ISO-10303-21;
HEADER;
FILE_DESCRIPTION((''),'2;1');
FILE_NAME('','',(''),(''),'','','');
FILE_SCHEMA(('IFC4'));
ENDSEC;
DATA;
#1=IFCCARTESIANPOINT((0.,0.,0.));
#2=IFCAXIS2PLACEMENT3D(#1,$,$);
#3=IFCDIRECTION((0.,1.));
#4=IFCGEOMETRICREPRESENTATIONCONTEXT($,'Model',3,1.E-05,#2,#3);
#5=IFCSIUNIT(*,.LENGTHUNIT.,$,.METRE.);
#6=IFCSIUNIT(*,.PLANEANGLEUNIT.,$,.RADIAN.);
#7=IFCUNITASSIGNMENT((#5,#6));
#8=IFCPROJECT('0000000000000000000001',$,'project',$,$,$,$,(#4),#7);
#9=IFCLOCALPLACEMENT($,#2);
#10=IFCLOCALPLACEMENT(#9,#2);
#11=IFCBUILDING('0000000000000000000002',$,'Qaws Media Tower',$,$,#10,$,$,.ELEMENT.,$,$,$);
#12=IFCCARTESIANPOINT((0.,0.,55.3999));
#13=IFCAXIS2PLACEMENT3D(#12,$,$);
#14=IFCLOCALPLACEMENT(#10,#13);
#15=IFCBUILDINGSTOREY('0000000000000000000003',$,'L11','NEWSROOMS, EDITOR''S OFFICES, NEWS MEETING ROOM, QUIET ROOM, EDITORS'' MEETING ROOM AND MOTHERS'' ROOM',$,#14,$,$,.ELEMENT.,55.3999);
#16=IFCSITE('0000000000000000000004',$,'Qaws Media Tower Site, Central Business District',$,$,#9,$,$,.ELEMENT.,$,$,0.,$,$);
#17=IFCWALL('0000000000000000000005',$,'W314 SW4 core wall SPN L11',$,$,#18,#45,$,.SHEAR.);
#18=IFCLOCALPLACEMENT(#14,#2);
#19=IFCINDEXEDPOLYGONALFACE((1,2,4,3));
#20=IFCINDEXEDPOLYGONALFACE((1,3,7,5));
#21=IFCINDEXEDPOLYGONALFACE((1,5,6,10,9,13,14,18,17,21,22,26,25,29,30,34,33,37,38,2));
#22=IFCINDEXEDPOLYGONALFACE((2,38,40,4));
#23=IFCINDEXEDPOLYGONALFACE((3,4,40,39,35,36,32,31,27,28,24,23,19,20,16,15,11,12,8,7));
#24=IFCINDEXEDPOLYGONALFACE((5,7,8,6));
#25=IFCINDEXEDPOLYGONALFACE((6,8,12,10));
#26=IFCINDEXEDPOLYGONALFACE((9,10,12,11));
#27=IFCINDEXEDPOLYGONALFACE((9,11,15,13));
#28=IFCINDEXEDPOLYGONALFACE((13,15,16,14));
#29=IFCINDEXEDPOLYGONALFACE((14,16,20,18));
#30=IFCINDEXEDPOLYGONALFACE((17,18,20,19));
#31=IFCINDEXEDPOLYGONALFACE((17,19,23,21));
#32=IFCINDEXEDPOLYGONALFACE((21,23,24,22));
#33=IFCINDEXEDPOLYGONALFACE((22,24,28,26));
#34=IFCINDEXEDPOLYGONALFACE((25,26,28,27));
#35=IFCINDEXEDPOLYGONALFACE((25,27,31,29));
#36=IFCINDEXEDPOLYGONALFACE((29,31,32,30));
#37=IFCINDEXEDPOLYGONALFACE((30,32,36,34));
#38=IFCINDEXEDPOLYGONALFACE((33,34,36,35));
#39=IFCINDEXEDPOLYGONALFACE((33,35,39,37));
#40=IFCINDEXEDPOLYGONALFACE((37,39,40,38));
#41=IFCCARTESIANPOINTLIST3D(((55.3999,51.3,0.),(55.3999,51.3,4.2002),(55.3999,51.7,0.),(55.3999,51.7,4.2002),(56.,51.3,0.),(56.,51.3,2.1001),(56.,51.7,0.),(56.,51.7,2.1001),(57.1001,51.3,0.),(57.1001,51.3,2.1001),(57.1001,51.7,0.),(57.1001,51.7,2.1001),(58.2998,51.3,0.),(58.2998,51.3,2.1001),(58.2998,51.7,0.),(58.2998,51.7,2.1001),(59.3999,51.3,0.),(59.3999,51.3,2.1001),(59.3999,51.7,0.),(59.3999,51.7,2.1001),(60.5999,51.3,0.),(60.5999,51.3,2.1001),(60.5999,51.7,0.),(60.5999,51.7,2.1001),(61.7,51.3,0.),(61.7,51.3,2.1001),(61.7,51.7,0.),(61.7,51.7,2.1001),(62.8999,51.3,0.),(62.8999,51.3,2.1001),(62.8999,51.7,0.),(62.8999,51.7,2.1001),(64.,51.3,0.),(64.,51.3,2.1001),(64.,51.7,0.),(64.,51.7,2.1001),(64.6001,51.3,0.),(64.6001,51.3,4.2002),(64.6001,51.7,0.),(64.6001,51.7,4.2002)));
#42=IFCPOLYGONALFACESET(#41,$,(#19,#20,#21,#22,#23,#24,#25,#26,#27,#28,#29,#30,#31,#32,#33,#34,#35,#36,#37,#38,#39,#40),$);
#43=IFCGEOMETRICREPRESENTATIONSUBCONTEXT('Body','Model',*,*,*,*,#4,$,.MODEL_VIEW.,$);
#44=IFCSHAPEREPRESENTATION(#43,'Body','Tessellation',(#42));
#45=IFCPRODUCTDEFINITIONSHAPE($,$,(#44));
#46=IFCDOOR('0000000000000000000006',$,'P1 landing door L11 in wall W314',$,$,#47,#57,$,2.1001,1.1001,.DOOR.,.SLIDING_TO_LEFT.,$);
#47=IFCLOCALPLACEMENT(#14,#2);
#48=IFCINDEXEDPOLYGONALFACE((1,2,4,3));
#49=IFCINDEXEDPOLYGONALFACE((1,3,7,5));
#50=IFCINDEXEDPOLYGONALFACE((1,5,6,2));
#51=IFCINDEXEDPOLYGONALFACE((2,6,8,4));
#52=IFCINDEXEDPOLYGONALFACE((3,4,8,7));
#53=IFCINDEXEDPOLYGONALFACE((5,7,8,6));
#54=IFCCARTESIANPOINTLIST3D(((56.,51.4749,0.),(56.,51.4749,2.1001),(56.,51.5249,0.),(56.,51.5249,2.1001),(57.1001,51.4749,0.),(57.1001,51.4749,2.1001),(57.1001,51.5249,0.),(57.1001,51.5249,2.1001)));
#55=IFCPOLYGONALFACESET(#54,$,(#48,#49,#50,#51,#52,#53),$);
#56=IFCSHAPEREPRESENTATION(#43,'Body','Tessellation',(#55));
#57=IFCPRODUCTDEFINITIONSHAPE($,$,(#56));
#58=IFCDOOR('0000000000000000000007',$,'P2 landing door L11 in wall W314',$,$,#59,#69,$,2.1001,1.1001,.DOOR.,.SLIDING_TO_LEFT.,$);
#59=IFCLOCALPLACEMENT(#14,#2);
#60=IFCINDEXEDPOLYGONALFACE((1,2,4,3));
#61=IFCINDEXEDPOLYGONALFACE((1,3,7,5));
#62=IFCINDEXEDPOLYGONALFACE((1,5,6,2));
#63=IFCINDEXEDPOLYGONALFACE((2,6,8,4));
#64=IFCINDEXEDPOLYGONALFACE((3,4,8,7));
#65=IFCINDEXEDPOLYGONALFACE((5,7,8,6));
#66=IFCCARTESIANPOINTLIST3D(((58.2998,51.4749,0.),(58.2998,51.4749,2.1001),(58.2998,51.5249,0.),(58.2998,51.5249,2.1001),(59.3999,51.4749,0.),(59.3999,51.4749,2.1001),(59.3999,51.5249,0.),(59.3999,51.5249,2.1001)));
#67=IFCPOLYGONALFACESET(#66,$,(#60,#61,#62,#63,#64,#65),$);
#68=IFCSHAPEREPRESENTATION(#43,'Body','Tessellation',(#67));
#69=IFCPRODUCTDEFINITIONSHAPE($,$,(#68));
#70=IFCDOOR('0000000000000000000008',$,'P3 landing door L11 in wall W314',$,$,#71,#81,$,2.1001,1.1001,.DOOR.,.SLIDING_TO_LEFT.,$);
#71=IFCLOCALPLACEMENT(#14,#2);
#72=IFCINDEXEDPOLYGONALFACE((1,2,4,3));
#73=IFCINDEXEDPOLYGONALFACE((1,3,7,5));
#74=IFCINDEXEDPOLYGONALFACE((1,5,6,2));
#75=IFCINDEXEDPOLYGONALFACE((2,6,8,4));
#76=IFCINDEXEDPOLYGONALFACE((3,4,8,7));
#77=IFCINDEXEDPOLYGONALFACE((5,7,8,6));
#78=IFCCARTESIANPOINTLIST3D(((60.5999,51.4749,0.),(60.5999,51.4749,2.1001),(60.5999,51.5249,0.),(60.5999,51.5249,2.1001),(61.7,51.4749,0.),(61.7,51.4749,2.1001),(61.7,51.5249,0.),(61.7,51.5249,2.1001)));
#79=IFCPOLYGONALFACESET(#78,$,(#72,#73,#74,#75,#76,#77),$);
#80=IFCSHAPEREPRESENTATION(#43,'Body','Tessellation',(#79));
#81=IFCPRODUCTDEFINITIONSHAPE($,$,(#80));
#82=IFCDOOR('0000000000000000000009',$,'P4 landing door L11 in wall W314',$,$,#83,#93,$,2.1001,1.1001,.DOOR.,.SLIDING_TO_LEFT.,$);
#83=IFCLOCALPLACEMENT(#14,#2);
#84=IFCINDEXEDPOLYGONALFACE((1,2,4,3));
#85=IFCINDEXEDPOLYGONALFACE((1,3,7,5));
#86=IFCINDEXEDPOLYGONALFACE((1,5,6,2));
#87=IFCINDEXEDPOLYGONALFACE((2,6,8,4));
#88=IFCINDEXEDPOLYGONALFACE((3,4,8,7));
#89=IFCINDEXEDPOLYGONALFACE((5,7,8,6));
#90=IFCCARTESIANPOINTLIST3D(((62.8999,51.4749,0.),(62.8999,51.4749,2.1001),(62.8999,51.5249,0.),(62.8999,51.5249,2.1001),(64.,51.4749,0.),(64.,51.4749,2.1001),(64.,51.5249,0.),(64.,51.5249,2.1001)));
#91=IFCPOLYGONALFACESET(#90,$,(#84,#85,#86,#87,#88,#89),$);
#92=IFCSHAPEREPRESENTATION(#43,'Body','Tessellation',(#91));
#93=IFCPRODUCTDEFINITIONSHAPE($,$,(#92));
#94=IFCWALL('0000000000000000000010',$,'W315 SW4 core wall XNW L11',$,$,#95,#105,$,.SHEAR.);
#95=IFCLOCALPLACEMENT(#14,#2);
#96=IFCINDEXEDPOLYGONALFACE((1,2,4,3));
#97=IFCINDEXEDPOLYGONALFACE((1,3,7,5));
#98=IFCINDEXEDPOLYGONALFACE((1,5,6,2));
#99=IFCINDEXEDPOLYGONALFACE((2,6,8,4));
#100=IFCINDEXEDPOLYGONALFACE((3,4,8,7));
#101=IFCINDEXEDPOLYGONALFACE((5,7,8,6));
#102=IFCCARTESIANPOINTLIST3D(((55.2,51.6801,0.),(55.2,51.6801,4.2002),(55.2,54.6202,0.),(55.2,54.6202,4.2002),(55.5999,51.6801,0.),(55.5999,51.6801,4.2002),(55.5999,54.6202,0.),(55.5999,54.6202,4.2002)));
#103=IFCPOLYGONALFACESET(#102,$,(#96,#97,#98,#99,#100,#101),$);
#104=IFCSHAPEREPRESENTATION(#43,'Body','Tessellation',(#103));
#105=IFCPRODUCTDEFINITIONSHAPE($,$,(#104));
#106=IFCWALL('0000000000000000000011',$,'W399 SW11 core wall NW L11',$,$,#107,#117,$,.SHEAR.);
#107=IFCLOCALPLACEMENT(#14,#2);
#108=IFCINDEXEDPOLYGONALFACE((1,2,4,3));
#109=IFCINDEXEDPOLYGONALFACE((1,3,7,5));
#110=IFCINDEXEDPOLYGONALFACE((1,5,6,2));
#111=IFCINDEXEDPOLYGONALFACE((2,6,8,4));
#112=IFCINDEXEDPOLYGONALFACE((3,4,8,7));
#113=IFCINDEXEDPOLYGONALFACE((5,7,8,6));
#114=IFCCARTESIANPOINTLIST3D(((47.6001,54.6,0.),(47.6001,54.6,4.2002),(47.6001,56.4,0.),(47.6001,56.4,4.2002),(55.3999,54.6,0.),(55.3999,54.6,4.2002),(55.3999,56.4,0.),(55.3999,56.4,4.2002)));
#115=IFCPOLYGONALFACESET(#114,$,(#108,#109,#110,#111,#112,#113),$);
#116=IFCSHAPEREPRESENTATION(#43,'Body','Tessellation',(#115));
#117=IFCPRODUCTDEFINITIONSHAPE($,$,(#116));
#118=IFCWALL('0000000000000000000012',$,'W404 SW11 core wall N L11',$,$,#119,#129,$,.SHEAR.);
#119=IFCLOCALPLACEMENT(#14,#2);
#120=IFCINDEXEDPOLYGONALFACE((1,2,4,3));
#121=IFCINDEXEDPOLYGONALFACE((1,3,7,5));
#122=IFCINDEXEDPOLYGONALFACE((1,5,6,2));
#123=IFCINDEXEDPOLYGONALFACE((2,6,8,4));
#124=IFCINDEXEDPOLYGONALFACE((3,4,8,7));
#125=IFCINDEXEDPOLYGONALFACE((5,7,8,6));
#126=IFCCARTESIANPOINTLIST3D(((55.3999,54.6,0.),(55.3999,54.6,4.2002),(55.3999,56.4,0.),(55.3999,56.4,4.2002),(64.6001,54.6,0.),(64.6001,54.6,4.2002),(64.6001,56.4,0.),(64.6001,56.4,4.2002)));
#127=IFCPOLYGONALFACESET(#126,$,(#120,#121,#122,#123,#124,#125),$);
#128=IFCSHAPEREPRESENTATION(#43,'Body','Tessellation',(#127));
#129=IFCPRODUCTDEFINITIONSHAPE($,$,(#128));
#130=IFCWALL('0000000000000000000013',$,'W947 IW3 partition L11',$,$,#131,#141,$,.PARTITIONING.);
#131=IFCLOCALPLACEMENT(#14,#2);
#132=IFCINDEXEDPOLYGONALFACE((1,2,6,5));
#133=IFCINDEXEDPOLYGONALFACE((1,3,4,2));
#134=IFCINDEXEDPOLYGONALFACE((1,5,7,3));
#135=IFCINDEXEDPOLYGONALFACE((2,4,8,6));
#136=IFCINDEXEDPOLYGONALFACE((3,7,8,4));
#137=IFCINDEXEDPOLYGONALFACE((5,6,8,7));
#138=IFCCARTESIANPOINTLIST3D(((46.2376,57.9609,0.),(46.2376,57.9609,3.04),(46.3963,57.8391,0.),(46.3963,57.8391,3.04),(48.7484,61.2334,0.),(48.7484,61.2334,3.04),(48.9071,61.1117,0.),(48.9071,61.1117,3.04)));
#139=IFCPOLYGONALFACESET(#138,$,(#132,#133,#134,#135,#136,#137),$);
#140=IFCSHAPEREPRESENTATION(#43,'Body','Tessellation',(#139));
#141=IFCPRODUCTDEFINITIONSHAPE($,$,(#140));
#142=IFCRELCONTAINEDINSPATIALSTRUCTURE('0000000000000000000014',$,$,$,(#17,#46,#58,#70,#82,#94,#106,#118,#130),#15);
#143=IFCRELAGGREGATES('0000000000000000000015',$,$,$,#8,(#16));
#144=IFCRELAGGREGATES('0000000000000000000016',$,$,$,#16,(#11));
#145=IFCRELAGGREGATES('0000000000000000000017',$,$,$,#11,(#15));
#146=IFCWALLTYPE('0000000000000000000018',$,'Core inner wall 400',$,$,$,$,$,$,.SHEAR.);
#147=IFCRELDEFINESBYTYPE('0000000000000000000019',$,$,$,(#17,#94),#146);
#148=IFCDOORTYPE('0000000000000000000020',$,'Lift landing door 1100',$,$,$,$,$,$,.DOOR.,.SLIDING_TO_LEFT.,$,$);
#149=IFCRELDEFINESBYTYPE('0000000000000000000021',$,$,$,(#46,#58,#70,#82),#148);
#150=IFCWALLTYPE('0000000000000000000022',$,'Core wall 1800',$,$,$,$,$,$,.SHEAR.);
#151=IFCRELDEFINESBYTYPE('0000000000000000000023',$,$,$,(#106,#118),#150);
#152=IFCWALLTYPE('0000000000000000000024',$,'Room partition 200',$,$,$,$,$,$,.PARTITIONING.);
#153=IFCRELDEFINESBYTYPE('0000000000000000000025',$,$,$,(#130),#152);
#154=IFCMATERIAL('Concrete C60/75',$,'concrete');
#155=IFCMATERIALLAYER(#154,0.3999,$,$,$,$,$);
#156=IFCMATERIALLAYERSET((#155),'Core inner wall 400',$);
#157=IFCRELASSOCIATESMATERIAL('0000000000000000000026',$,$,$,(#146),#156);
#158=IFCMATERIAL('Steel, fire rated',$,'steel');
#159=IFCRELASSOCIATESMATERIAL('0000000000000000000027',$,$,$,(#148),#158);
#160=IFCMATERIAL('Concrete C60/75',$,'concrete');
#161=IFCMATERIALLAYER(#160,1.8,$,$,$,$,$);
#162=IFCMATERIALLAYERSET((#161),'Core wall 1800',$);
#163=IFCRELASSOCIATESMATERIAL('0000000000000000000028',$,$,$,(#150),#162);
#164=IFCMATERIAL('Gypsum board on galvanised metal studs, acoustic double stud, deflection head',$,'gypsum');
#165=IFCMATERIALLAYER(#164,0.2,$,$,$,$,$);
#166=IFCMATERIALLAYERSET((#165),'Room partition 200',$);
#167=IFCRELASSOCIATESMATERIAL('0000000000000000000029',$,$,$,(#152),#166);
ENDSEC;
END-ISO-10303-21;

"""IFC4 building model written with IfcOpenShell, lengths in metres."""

from ifc_helpers import new_model, si_unit, direction, frame, frame_2d, origin, place, context, subcontext, project, spatial, rectangle, extrude, material, layer, layer_set, type_object, element, fill, save


model = new_model("IFC4")

# Units and contexts
model_context = context("Model", 3, precision=1e-05, world=origin(), true_north=direction((0.0, 1.0)))
body_context = subcontext(model_context, "Body", "Model", "MODEL_VIEW")
ifc_project = project(units=[si_unit("LENGTHUNIT", "METRE"), si_unit("PLANEANGLEUNIT", "RADIAN")], contexts=[model_context])

# Site, building, storey
site_placement = place(None, origin())
site = spatial("IfcSite", under=ifc_project, at=site_placement, Name="Qaws Media Tower Site, Central Business District", CompositionType="ELEMENT", RefElevation=0.0)
building_placement = place(site_placement, origin())
building = spatial("IfcBuilding", under=site, at=building_placement, Name="Qaws Media Tower", CompositionType="ELEMENT")
storey_placement = place(building_placement, frame((0.0, 0.0, 55.3999)))
storey = spatial("IfcBuildingStorey", under=building, at=storey_placement, Name="L11", Description="NEWSROOMS, EDITOR'S OFFICES, NEWS MEETING ROOM, QUIET ROOM, EDITORS' MEETING ROOM AND MOTHERS' ROOM", CompositionType="ELEMENT", Elevation=55.3999)

# Wall, openings, doors
ifc_material_1 = material(Name="Concrete C60/75", Category="concrete")
ifc_layer_1 = layer(ifc_material_1, 0.3999)
ifc_layer_set_1 = layer_set([ifc_layer_1], Name="Core inner wall 400")
wall_type_1 = type_object("IfcWallType", Name="Core inner wall 400", PredefinedType="SHEAR", material=ifc_layer_set_1)
wall_1_placement = place(storey_placement, frame((55.3999, 51.5, 0.0), z_axis=(0.0, 0.0, 1.0), x_axis=(1.0, 0.0, 0.0)))
wall_1 = element("IfcWall", 1, at=wall_1_placement, inside=storey, type_object=wall_type_1, Name="W314 SW4 core wall SPN L11", PredefinedType="SHEAR", context=body_context, shape_type="SweptSolid", body=[
    extrude(rectangle(XDim=9.2002, YDim=0.3999, at=frame_2d((4.6001, 0.0))), origin(), (0.0, 0.0, 1.0), 4.2002),
])
opening_1_placement = place(wall_1_placement, frame((0.6001, 0.0, 0.0)))
opening_1 = element("IfcOpeningElement", 2, at=opening_1_placement, cuts=wall_1, PredefinedType="OPENING", context=body_context, shape_type="SweptSolid", body=[
    extrude(rectangle(XDim=1.1001, YDim=2.1001, at=frame_2d((0.55, 1.05))), frame((0.0, 0.21, 0.0), z_axis=(0.0, -1.0, 0.0), x_axis=(1.0, 0.0, 0.0)), (0.0, 0.0, 1.0), 0.4199),
])
opening_2_placement = place(wall_1_placement, frame((2.8999, 0.0, 0.0)))
opening_2 = element("IfcOpeningElement", 3, at=opening_2_placement, cuts=wall_1, PredefinedType="OPENING", context=body_context, shape_type="SweptSolid", body=[
    extrude(rectangle(XDim=1.1001, YDim=2.1001, at=frame_2d((0.55, 1.05))), frame((0.0, 0.21, 0.0), z_axis=(0.0, -1.0, 0.0), x_axis=(1.0, 0.0, 0.0)), (0.0, 0.0, 1.0), 0.4199),
])
opening_3_placement = place(wall_1_placement, frame((5.2, 0.0, 0.0)))
opening_3 = element("IfcOpeningElement", 4, at=opening_3_placement, cuts=wall_1, PredefinedType="OPENING", context=body_context, shape_type="SweptSolid", body=[
    extrude(rectangle(XDim=1.1001, YDim=2.1001, at=frame_2d((0.55, 1.05))), frame((0.0, 0.21, 0.0), z_axis=(0.0, -1.0, 0.0), x_axis=(1.0, 0.0, 0.0)), (0.0, 0.0, 1.0), 0.4199),
])
opening_4_placement = place(wall_1_placement, frame((7.5, 0.0, 0.0)))
opening_4 = element("IfcOpeningElement", 5, at=opening_4_placement, cuts=wall_1, PredefinedType="OPENING", context=body_context, shape_type="SweptSolid", body=[
    extrude(rectangle(XDim=1.1001, YDim=2.1001, at=frame_2d((0.55, 1.05))), frame((0.0, 0.21, 0.0), z_axis=(0.0, -1.0, 0.0), x_axis=(1.0, 0.0, 0.0)), (0.0, 0.0, 1.0), 0.4199),
])
ifc_material_2 = material(Name="Steel, fire rated", Category="steel")
door_type = type_object("IfcDoorType", Name="Lift landing door 1100", OperationType="SLIDING_TO_LEFT", PredefinedType="DOOR", material=ifc_material_2)
door_1_placement = place(opening_1_placement, origin())
door_1 = element("IfcDoor", 6, at=door_1_placement, inside=storey, type_object=door_type, Name="P1 landing door L11 in wall W314", OperationType="SLIDING_TO_LEFT", OverallHeight=2.1001, OverallWidth=1.1001, PredefinedType="DOOR", context=body_context, shape_type="SweptSolid", body=[
    extrude(rectangle(XDim=1.1001, YDim=2.1001, at=frame_2d((0.55, 1.05))), frame((0.0, 0.0249, 0.0), z_axis=(0.0, -1.0, 0.0), x_axis=(1.0, 0.0, 0.0)), (0.0, 0.0, 1.0), 0.05),
])
fill(opening_1, door_1)
door_2_placement = place(opening_2_placement, origin())
door_2 = element("IfcDoor", 7, at=door_2_placement, inside=storey, type_object=door_type, Name="P2 landing door L11 in wall W314", OperationType="SLIDING_TO_LEFT", OverallHeight=2.1001, OverallWidth=1.1001, PredefinedType="DOOR", context=body_context, shape_type="SweptSolid", body=[
    extrude(rectangle(XDim=1.1001, YDim=2.1001, at=frame_2d((0.55, 1.05))), frame((0.0, 0.0249, 0.0), z_axis=(0.0, -1.0, 0.0), x_axis=(1.0, 0.0, 0.0)), (0.0, 0.0, 1.0), 0.05),
])
fill(opening_2, door_2)
door_3_placement = place(opening_3_placement, origin())
door_3 = element("IfcDoor", 8, at=door_3_placement, inside=storey, type_object=door_type, Name="P3 landing door L11 in wall W314", OperationType="SLIDING_TO_LEFT", OverallHeight=2.1001, OverallWidth=1.1001, PredefinedType="DOOR", context=body_context, shape_type="SweptSolid", body=[
    extrude(rectangle(XDim=1.1001, YDim=2.1001, at=frame_2d((0.55, 1.05))), frame((0.0, 0.0249, 0.0), z_axis=(0.0, -1.0, 0.0), x_axis=(1.0, 0.0, 0.0)), (0.0, 0.0, 1.0), 0.05),
])
fill(opening_3, door_3)
door_4_placement = place(opening_4_placement, origin())
door_4 = element("IfcDoor", 9, at=door_4_placement, inside=storey, type_object=door_type, Name="P4 landing door L11 in wall W314", OperationType="SLIDING_TO_LEFT", OverallHeight=2.1001, OverallWidth=1.1001, PredefinedType="DOOR", context=body_context, shape_type="SweptSolid", body=[
    extrude(rectangle(XDim=1.1001, YDim=2.1001, at=frame_2d((0.55, 1.05))), frame((0.0, 0.0249, 0.0), z_axis=(0.0, -1.0, 0.0), x_axis=(1.0, 0.0, 0.0)), (0.0, 0.0, 1.0), 0.05),
])
fill(opening_4, door_4)

# Walls
wall_2_placement = place(storey_placement, frame((55.3999, 51.6799, 0.0), z_axis=(0.0, 0.0, 1.0), x_axis=(0.0, 1.0, 0.0)))
element("IfcWall", 10, at=wall_2_placement, inside=storey, type_object=wall_type_1, Name="W315 SW4 core wall XNW L11", PredefinedType="SHEAR", context=body_context, shape_type="SweptSolid", body=[
    extrude(rectangle(XDim=2.9402, YDim=0.3999, at=frame_2d((1.4702, 0.0))), origin(), (0.0, 0.0, 1.0), 4.2002),
])
ifc_material_3 = material(Name="Concrete C60/75", Category="concrete")
ifc_layer_2 = layer(ifc_material_3, 1.8)
ifc_layer_set_2 = layer_set([ifc_layer_2], Name="Core wall 1800")
wall_type_2 = type_object("IfcWallType", Name="Core wall 1800", PredefinedType="SHEAR", material=ifc_layer_set_2)
wall_3_placement = place(storey_placement, frame((47.6001, 55.5, 0.0), z_axis=(0.0, 0.0, 1.0), x_axis=(1.0, 0.0, 0.0)))
element("IfcWall", 11, at=wall_3_placement, inside=storey, type_object=wall_type_2, Name="W399 SW11 core wall NW L11", PredefinedType="SHEAR", context=body_context, shape_type="SweptSolid", body=[
    extrude(rectangle(XDim=7.7998, YDim=1.8, at=frame_2d((3.8999, 0.0))), origin(), (0.0, 0.0, 1.0), 4.2002),
])
wall_4_placement = place(storey_placement, frame((55.3999, 55.5, 0.0), z_axis=(0.0, 0.0, 1.0), x_axis=(1.0, 0.0, 0.0)))
element("IfcWall", 12, at=wall_4_placement, inside=storey, type_object=wall_type_2, Name="W404 SW11 core wall N L11", PredefinedType="SHEAR", context=body_context, shape_type="SweptSolid", body=[
    extrude(rectangle(XDim=9.2002, YDim=1.8, at=frame_2d((4.6001, 0.0))), origin(), (0.0, 0.0, 1.0), 4.2002),
])
ifc_material_4 = material(Name="Gypsum board on galvanised metal studs, acoustic double stud, deflection head", Category="gypsum")
ifc_layer_3 = layer(ifc_material_4, 0.2)
ifc_layer_set_3 = layer_set([ifc_layer_3], Name="Room partition 200")
wall_type_3 = type_object("IfcWallType", Name="Room partition 200", PredefinedType="PARTITIONING", material=ifc_layer_set_3)
wall_5_placement = place(storey_placement, frame((46.3169, 57.8999, 0.0), z_axis=(0.0, 0.0, 1.0), x_axis=(0.608715, 0.793389, 0.0)))
element("IfcWall", 13, at=wall_5_placement, inside=storey, type_object=wall_type_3, Name="W947 IW3 partition L11", PredefinedType="PARTITIONING", context=body_context, shape_type="SweptSolid", body=[
    extrude(rectangle(XDim=4.1248, YDim=0.2, at=frame_2d((2.0625, 0.0))), origin(), (0.0, 0.0, 1.0), 3.04),
])

save(model, "model.ifc")
